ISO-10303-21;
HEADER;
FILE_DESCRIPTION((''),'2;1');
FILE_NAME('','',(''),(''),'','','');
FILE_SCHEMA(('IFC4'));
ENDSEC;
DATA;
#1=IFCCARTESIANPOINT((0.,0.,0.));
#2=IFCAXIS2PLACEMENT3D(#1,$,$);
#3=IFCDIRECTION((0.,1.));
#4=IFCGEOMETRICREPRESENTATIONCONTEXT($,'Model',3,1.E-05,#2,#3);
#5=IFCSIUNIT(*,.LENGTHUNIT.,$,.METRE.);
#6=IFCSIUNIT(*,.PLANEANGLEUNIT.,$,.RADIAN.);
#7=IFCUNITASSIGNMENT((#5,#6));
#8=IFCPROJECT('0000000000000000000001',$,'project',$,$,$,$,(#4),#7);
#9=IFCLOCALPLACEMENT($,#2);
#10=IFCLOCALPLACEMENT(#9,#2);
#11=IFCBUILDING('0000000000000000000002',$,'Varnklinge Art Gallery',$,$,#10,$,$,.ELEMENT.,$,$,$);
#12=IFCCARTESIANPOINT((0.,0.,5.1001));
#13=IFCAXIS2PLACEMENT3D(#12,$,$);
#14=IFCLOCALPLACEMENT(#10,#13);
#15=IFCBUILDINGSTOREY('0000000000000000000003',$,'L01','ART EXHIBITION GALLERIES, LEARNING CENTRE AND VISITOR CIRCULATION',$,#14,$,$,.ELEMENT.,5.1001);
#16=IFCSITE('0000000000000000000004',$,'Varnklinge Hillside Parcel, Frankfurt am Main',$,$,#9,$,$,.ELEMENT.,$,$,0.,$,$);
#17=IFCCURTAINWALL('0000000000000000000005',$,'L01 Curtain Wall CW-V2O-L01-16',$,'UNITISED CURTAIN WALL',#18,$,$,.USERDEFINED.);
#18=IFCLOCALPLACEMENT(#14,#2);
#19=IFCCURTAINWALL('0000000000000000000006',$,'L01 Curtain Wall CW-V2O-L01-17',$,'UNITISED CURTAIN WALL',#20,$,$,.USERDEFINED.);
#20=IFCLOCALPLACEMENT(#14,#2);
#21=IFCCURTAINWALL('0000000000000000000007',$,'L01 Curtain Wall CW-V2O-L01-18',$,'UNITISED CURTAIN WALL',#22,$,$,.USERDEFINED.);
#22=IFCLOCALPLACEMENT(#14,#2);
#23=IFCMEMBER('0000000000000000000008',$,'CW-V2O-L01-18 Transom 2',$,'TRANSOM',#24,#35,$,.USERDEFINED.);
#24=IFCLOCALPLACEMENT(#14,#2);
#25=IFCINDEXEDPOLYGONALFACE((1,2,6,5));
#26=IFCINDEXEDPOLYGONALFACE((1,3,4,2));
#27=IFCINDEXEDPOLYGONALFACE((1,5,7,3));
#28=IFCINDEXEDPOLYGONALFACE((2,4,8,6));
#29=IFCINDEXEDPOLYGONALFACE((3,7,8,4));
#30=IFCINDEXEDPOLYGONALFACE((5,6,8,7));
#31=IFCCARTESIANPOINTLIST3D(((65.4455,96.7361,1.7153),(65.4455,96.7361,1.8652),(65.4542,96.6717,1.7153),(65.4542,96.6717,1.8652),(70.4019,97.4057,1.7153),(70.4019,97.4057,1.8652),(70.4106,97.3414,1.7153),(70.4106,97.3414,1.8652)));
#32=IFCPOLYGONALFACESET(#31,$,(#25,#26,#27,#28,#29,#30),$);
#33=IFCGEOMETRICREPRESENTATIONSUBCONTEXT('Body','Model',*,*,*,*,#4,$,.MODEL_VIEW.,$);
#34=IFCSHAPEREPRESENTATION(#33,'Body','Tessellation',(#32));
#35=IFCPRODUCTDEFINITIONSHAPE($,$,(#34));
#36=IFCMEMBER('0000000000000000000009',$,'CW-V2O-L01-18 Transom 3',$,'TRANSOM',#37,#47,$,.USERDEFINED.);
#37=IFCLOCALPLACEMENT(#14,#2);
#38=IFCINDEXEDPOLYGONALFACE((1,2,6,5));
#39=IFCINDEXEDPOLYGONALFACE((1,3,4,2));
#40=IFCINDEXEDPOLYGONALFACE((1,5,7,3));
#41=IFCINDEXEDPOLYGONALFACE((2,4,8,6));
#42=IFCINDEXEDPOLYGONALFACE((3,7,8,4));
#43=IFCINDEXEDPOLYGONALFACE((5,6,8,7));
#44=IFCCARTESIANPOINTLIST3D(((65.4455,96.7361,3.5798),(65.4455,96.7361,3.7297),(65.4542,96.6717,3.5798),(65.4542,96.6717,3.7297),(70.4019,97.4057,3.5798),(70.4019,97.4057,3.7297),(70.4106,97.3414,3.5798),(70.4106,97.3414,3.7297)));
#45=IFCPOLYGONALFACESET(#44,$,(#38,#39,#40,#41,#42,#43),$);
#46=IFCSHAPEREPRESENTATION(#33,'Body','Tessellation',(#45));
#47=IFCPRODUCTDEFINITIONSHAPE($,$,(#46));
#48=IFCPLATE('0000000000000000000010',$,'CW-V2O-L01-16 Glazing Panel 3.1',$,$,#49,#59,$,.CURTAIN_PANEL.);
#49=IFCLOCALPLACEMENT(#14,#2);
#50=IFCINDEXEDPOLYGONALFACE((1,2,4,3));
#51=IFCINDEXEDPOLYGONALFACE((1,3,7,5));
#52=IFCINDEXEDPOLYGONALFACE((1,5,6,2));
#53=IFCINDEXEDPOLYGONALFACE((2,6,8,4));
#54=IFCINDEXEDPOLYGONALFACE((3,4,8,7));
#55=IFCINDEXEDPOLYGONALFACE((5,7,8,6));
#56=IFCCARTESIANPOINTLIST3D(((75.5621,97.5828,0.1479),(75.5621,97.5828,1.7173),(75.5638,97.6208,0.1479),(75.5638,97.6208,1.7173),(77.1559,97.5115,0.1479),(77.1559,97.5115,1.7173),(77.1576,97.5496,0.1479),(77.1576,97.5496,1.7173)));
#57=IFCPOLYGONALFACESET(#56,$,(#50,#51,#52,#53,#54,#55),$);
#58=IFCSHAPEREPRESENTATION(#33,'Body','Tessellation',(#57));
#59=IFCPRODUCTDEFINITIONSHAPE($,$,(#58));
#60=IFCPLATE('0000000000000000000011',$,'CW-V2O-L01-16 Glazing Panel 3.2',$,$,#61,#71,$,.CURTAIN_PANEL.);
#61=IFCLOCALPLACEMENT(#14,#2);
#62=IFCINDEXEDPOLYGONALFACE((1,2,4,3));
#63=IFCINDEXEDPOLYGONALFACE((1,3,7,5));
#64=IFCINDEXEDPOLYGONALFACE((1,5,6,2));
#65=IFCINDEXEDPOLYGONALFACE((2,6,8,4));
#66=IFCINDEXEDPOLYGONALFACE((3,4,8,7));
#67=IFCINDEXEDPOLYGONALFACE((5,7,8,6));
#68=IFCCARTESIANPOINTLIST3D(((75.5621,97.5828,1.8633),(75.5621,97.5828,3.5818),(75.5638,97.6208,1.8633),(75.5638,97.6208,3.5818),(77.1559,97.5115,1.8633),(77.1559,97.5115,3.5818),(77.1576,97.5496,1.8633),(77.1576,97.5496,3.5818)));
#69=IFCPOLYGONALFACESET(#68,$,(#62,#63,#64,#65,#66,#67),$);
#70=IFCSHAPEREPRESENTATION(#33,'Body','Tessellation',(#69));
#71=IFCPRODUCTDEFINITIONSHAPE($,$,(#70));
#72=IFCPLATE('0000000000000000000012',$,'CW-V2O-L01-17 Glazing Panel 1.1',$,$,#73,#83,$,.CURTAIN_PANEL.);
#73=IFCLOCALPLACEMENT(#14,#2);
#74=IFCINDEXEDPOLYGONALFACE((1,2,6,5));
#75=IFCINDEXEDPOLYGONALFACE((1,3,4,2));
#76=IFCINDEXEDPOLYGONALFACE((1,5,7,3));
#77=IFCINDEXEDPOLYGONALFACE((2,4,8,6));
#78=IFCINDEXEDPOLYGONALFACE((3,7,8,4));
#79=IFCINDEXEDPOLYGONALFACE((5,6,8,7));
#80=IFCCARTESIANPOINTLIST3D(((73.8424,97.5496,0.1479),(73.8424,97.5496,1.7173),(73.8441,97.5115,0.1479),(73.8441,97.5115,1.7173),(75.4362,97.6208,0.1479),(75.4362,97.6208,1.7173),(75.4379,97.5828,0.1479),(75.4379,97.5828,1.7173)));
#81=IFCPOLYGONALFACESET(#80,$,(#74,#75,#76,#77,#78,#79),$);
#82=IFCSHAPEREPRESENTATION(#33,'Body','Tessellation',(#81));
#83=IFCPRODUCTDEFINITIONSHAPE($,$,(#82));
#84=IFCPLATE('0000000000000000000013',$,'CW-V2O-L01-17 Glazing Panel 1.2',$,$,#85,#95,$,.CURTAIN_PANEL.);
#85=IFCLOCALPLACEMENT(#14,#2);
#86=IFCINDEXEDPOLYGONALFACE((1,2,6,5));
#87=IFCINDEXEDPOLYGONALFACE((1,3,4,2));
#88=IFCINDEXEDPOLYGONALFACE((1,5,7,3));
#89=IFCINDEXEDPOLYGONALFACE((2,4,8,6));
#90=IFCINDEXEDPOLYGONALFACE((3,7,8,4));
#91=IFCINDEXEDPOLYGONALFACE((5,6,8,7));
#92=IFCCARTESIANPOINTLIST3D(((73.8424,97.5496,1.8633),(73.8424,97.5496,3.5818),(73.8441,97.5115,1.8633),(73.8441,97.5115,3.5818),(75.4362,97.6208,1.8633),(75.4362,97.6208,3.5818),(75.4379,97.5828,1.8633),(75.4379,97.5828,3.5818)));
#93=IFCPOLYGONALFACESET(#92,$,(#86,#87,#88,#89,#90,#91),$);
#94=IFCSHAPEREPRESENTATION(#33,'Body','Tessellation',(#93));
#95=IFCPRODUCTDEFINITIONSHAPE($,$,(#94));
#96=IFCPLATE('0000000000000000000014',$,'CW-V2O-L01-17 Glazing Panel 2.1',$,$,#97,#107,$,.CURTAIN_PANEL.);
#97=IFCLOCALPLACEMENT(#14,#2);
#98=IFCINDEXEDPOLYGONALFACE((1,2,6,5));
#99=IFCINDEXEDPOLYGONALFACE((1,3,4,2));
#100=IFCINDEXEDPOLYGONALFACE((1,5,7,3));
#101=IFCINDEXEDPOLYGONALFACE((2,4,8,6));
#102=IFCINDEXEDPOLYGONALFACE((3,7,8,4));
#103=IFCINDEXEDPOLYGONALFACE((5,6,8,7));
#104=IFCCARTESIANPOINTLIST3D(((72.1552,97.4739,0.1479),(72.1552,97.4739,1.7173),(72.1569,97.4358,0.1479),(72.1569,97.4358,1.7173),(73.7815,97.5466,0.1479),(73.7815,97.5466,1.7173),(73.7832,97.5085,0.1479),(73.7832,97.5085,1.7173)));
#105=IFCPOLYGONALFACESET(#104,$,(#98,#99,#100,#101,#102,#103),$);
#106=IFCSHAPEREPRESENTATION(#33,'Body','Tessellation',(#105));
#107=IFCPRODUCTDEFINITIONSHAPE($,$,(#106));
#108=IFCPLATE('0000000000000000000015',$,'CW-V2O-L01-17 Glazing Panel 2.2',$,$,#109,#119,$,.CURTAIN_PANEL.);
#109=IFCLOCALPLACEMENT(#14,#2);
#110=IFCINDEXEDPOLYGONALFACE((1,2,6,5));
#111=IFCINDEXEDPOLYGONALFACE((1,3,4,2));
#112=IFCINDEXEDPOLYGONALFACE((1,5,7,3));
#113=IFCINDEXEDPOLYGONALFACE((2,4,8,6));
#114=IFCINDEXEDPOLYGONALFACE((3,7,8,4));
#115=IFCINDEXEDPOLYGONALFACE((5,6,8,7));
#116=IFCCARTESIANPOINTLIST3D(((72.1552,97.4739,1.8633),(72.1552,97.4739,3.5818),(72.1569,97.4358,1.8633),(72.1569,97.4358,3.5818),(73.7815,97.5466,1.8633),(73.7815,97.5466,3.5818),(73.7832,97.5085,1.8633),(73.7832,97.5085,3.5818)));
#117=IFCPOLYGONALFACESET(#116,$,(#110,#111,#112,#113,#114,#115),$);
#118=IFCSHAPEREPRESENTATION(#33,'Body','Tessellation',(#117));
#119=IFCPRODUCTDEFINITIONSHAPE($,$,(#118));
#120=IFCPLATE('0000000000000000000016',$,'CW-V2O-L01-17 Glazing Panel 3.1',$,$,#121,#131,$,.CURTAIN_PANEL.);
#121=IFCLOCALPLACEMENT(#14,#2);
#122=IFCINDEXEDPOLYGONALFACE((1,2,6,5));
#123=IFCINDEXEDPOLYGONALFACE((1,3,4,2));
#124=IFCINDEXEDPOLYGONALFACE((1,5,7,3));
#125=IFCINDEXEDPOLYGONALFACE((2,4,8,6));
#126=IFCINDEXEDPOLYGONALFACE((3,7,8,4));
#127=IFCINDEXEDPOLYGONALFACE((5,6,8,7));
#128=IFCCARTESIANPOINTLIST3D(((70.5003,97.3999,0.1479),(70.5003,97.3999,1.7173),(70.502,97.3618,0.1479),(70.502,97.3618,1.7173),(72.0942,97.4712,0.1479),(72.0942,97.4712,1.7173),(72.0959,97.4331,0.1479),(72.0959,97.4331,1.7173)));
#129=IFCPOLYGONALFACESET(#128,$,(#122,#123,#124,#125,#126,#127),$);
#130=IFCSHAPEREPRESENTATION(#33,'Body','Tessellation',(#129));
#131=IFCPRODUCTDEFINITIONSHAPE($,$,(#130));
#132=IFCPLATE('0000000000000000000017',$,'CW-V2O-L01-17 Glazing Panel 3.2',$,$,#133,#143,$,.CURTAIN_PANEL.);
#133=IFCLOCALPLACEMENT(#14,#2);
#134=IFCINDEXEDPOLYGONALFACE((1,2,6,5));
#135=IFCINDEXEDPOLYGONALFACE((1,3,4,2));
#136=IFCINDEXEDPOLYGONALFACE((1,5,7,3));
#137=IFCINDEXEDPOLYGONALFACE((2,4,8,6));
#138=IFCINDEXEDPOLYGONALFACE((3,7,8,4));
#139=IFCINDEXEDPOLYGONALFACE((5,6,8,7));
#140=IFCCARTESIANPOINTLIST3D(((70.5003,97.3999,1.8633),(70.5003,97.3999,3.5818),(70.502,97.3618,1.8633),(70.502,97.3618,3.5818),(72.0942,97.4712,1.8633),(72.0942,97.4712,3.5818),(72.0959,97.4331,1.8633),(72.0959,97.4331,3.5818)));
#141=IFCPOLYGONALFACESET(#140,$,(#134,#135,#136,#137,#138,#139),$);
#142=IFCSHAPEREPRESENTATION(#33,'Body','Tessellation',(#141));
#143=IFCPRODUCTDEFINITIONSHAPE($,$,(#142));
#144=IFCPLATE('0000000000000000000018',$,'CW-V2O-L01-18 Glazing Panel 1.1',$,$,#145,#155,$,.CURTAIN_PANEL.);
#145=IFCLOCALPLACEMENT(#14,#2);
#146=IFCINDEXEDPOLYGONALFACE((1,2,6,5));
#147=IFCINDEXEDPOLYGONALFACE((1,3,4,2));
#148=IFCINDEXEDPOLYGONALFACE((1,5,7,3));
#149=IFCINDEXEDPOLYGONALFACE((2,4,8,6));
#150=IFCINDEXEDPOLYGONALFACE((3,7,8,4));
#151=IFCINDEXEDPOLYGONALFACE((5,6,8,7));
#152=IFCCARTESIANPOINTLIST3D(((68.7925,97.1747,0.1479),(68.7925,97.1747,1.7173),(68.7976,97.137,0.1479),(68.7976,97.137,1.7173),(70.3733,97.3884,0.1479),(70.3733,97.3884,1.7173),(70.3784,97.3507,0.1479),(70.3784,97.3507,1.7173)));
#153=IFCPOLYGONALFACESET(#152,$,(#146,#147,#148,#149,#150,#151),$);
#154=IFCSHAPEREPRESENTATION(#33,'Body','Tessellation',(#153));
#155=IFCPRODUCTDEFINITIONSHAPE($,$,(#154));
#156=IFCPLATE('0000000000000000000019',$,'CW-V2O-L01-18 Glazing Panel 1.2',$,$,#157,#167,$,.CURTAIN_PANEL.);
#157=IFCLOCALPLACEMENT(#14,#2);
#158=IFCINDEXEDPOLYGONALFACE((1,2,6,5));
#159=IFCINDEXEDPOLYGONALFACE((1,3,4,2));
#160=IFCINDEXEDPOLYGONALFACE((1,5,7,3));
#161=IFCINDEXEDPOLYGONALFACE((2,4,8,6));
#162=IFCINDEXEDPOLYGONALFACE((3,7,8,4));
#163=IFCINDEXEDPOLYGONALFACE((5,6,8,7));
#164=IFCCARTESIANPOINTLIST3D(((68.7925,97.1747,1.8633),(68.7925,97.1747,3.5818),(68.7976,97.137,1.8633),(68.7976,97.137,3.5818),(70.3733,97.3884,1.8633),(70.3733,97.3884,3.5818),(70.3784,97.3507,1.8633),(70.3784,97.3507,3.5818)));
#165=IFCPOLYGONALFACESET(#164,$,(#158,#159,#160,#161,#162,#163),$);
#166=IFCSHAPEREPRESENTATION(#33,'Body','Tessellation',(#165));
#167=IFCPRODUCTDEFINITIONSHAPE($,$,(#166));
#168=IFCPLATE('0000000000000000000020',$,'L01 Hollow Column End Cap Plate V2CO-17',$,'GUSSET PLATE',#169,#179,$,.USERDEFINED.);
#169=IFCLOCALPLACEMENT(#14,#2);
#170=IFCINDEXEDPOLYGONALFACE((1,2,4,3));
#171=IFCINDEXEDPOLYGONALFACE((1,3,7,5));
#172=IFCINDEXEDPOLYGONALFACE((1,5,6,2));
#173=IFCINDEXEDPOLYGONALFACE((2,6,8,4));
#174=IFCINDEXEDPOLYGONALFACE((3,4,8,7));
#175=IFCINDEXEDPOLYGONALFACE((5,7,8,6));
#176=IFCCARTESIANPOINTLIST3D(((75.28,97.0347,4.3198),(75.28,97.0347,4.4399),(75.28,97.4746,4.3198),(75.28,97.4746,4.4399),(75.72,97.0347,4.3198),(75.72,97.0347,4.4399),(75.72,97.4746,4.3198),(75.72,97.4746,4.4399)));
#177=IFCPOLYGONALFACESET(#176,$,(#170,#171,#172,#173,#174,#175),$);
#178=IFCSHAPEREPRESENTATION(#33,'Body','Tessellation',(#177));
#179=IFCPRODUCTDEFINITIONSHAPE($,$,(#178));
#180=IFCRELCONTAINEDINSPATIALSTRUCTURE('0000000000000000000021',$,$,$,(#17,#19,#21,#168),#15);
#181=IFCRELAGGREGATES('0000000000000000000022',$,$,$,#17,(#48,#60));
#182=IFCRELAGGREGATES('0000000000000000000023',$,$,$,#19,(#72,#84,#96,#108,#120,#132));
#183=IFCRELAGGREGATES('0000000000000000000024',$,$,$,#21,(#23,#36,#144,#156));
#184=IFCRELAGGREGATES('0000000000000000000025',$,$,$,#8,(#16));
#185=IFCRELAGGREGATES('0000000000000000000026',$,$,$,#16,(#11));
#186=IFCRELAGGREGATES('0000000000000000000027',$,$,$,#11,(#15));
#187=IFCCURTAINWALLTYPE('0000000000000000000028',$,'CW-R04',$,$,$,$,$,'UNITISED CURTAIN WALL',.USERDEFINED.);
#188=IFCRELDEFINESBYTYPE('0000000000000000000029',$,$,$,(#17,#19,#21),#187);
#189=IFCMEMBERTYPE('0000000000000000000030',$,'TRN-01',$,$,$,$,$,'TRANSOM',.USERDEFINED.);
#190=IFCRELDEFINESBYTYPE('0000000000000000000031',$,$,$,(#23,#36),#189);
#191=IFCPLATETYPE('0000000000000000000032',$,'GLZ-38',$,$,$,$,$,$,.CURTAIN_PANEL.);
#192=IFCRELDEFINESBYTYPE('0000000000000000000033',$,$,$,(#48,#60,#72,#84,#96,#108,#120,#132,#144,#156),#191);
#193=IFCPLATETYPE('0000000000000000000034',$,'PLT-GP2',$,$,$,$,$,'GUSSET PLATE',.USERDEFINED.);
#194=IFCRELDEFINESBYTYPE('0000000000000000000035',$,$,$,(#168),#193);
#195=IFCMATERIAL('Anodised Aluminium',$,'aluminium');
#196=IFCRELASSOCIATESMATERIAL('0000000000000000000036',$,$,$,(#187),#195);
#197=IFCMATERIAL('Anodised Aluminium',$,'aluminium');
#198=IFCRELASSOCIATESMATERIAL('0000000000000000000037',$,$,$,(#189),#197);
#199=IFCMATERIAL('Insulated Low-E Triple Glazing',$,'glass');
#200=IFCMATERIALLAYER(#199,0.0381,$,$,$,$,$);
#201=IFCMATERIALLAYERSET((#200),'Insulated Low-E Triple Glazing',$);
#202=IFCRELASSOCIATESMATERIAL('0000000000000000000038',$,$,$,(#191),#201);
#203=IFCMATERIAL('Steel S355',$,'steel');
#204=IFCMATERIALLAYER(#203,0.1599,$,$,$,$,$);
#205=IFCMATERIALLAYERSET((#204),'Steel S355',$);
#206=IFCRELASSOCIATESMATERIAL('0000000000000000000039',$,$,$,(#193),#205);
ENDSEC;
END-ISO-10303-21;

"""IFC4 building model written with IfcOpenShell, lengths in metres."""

from ifc_helpers import new_model, si_unit, direction, frame, origin, origin_2d, place, context, subcontext, project, spatial, rectangle, extrude, material, layer, layer_set, material_profile, profile_set, type_object, element, aggregate, save


model = new_model("IFC4")

# Units and contexts
model_context = context("Model", 3, precision=1e-05, world=origin(), true_north=direction((0.0, 1.0)))
body_context = subcontext(model_context, "Body", "Model", "MODEL_VIEW")
ifc_project = project(units=[si_unit("LENGTHUNIT", "METRE"), si_unit("PLANEANGLEUNIT", "RADIAN")], contexts=[model_context])

# Site, building, storey
site_placement = place(None, origin())
site = spatial("IfcSite", under=ifc_project, at=site_placement, Name="Varnklinge Hillside Parcel, Frankfurt am Main", CompositionType="ELEMENT", RefElevation=0.0)
building_placement = place(site_placement, origin())
building = spatial("IfcBuilding", under=site, at=building_placement, Name="Varnklinge Art Gallery", CompositionType="ELEMENT")
storey_placement = place(building_placement, frame((0.0, 0.0, 5.1001)))
storey = spatial("IfcBuildingStorey", under=building, at=storey_placement, Name="L01", Description="ART EXHIBITION GALLERIES, LEARNING CENTRE AND VISITOR CIRCULATION", CompositionType="ELEMENT", Elevation=5.1001)

# Curtain wall
ifc_material_1 = material(Name="Anodised Aluminium", Category="aluminium")
curtain_wall_type = type_object("IfcCurtainWallType", Name="CW-R04", ElementType="UNITISED CURTAIN WALL", PredefinedType="USERDEFINED", material=ifc_material_1)
curtain_wall_1_placement = place(storey_placement, origin())
curtain_wall_1 = element("IfcCurtainWall", 1, at=curtain_wall_1_placement, inside=storey, type_object=curtain_wall_type, Name="L01 Curtain Wall CW-V2O-L01-16", ObjectType="UNITISED CURTAIN WALL", PredefinedType="USERDEFINED")

# Curtain wall
curtain_wall_2_placement = place(storey_placement, origin())
curtain_wall_2 = element("IfcCurtainWall", 2, at=curtain_wall_2_placement, inside=storey, type_object=curtain_wall_type, Name="L01 Curtain Wall CW-V2O-L01-17", ObjectType="UNITISED CURTAIN WALL", PredefinedType="USERDEFINED")

# Curtain wall
curtain_wall_3_placement = place(storey_placement, origin())
curtain_wall_3 = element("IfcCurtainWall", 3, at=curtain_wall_3_placement, inside=storey, type_object=curtain_wall_type, Name="L01 Curtain Wall CW-V2O-L01-18", ObjectType="UNITISED CURTAIN WALL", PredefinedType="USERDEFINED")

# Members
ifc_material_2 = material(Name="Anodised Aluminium", Category="aluminium")
ifc_material_profile_1 = material_profile(ifc_material_2, rectangle(XDim=0.0649, YDim=0.1499, at=origin_2d()), Name="ALU 65x150")
ifc_profile_set_1 = profile_set([ifc_material_profile_1], Name="Anodised Aluminium")
member_type_1 = type_object("IfcMemberType", Name="TRN-01", ElementType="TRANSOM", PredefinedType="USERDEFINED", material=ifc_profile_set_1)
member_1_placement = place(storey_placement, frame((70.4062, 97.3735, 1.7903), z_axis=(-0.990996, -0.133893, 0.0), x_axis=(0.133893, -0.990996, 0.0)))
member_1 = element("IfcMember", 4, at=member_1_placement, type_object=member_type_1, Name="CW-V2O-L01-18 Transom 2", ObjectType="TRANSOM", PredefinedType="USERDEFINED", context=body_context, shape_type="SweptSolid", body=[
    extrude(rectangle(XDim=0.0649, YDim=0.1499, at=origin_2d()), origin(), (0.0, 0.0, 1.0), 5.0015),
])
member_2_placement = place(storey_placement, frame((70.4062, 97.3735, 3.6548), z_axis=(-0.990996, -0.133893, 0.0), x_axis=(0.133893, -0.990996, 0.0)))
member_2 = element("IfcMember", 5, at=member_2_placement, type_object=member_type_1, Name="CW-V2O-L01-18 Transom 3", ObjectType="TRANSOM", PredefinedType="USERDEFINED", context=body_context, shape_type="SweptSolid", body=[
    extrude(rectangle(XDim=0.0649, YDim=0.1499, at=origin_2d()), origin(), (0.0, 0.0, 1.0), 5.0015),
])

# Plates
ifc_material_3 = material(Name="Insulated Low-E Triple Glazing", Category="glass")
ifc_layer_1 = layer(ifc_material_3, 0.0381)
ifc_layer_set_1 = layer_set([ifc_layer_1], Name="Insulated Low-E Triple Glazing")
plate_type_1 = type_object("IfcPlateType", Name="GLZ-38", PredefinedType="CURTAIN_PANEL", material=ifc_layer_set_1)
plate_1_placement = place(storey_placement, frame((76.3599, 97.5662, 0.1479), z_axis=(0.0, 0.0, 1.0), x_axis=(-0.999002, 0.044666, 0.0)))
plate_1 = element("IfcPlate", 6, at=plate_1_placement, type_object=plate_type_1, Name="CW-V2O-L01-16 Glazing Panel 3.1", PredefinedType="CURTAIN_PANEL", context=body_context, shape_type="SweptSolid", body=[
    extrude(rectangle(XDim=1.5955, YDim=0.0381, at=origin_2d()), origin(), (0.0, 0.0, 1.0), 1.5693),
])
plate_2_placement = place(storey_placement, frame((76.3599, 97.5662, 1.8633), z_axis=(0.0, 0.0, 1.0), x_axis=(-0.999002, 0.044666, 0.0)))
plate_2 = element("IfcPlate", 7, at=plate_2_placement, type_object=plate_type_1, Name="CW-V2O-L01-16 Glazing Panel 3.2", PredefinedType="CURTAIN_PANEL", context=body_context, shape_type="SweptSolid", body=[
    extrude(rectangle(XDim=1.5955, YDim=0.0381, at=origin_2d()), origin(), (0.0, 0.0, 1.0), 1.7185),
])
aggregate(curtain_wall_1, [plate_1, plate_2])
plate_3_placement = place(storey_placement, frame((74.6401, 97.5662, 0.1479), z_axis=(0.0, 0.0, 1.0), x_axis=(-0.999002, -0.044666, 0.0)))
plate_3 = element("IfcPlate", 8, at=plate_3_placement, type_object=plate_type_1, Name="CW-V2O-L01-17 Glazing Panel 1.1", PredefinedType="CURTAIN_PANEL", context=body_context, shape_type="SweptSolid", body=[
    extrude(rectangle(XDim=1.5955, YDim=0.0381, at=origin_2d()), origin(), (0.0, 0.0, 1.0), 1.5693),
])
plate_4_placement = place(storey_placement, frame((74.6401, 97.5662, 1.8633), z_axis=(0.0, 0.0, 1.0), x_axis=(-0.999002, -0.044666, 0.0)))
plate_4 = element("IfcPlate", 9, at=plate_4_placement, type_object=plate_type_1, Name="CW-V2O-L01-17 Glazing Panel 1.2", PredefinedType="CURTAIN_PANEL", context=body_context, shape_type="SweptSolid", body=[
    extrude(rectangle(XDim=1.5955, YDim=0.0381, at=origin_2d()), origin(), (0.0, 0.0, 1.0), 1.7185),
])
plate_5_placement = place(storey_placement, frame((72.9692, 97.4912, 0.1479), z_axis=(0.0, 0.0, 1.0), x_axis=(-0.999002, -0.044666, 0.0)))
plate_5 = element("IfcPlate", 10, at=plate_5_placement, type_object=plate_type_1, Name="CW-V2O-L01-17 Glazing Panel 2.1", PredefinedType="CURTAIN_PANEL", context=body_context, shape_type="SweptSolid", body=[
    extrude(rectangle(XDim=1.6279, YDim=0.0381, at=origin_2d()), origin(), (0.0, 0.0, 1.0), 1.5693),
])
plate_6_placement = place(storey_placement, frame((72.9692, 97.4912, 1.8633), z_axis=(0.0, 0.0, 1.0), x_axis=(-0.999002, -0.044666, 0.0)))
plate_6 = element("IfcPlate", 11, at=plate_6_placement, type_object=plate_type_1, Name="CW-V2O-L01-17 Glazing Panel 2.2", PredefinedType="CURTAIN_PANEL", context=body_context, shape_type="SweptSolid", body=[
    extrude(rectangle(XDim=1.6279, YDim=0.0381, at=origin_2d()), origin(), (0.0, 0.0, 1.0), 1.7185),
])
plate_7_placement = place(storey_placement, frame((71.2981, 97.4165, 0.1479), z_axis=(0.0, 0.0, 1.0), x_axis=(-0.999002, -0.044666, 0.0)))
plate_7 = element("IfcPlate", 12, at=plate_7_placement, type_object=plate_type_1, Name="CW-V2O-L01-17 Glazing Panel 3.1", PredefinedType="CURTAIN_PANEL", context=body_context, shape_type="SweptSolid", body=[
    extrude(rectangle(XDim=1.5955, YDim=0.0381, at=origin_2d()), origin(), (0.0, 0.0, 1.0), 1.5693),
])
plate_8_placement = place(storey_placement, frame((71.2981, 97.4165, 1.8633), z_axis=(0.0, 0.0, 1.0), x_axis=(-0.999002, -0.044666, 0.0)))
plate_8 = element("IfcPlate", 13, at=plate_8_placement, type_object=plate_type_1, Name="CW-V2O-L01-17 Glazing Panel 3.2", PredefinedType="CURTAIN_PANEL", context=body_context, shape_type="SweptSolid", body=[
    extrude(rectangle(XDim=1.5955, YDim=0.0381, at=origin_2d()), origin(), (0.0, 0.0, 1.0), 1.7185),
])
aggregate(curtain_wall_2, [plate_3, plate_4, plate_5, plate_6, plate_7, plate_8])
plate_9_placement = place(storey_placement, frame((69.5854, 97.2627, 0.1479), z_axis=(0.0, 0.0, 1.0), x_axis=(-0.990983, -0.133986, 0.0)))
plate_9 = element("IfcPlate", 14, at=plate_9_placement, type_object=plate_type_1, Name="CW-V2O-L01-18 Glazing Panel 1.1", PredefinedType="CURTAIN_PANEL", context=body_context, shape_type="SweptSolid", body=[
    extrude(rectangle(XDim=1.5952, YDim=0.0381, at=origin_2d()), origin(), (0.0, 0.0, 1.0), 1.5693),
])
plate_10_placement = place(storey_placement, frame((69.5854, 97.2627, 1.8633), z_axis=(0.0, 0.0, 1.0), x_axis=(-0.990983, -0.133986, 0.0)))
plate_10 = element("IfcPlate", 15, at=plate_10_placement, type_object=plate_type_1, Name="CW-V2O-L01-18 Glazing Panel 1.2", PredefinedType="CURTAIN_PANEL", context=body_context, shape_type="SweptSolid", body=[
    extrude(rectangle(XDim=1.5952, YDim=0.0381, at=origin_2d()), origin(), (0.0, 0.0, 1.0), 1.7185),
])
aggregate(curtain_wall_3, [member_1, member_2, plate_9, plate_10])
ifc_material_4 = material(Name="Steel S355", Category="steel")
ifc_layer_2 = layer(ifc_material_4, 0.1599)
ifc_layer_set_2 = layer_set([ifc_layer_2], Name="Steel S355")
plate_type_2 = type_object("IfcPlateType", Name="PLT-GP2", ElementType="GUSSET PLATE", PredefinedType="USERDEFINED", material=ifc_layer_set_2)
plate_11_placement = place(storey_placement, frame((75.5, 97.2546, 4.3198), z_axis=(0.0, 0.0, 1.0), x_axis=(0.0, -1.0, 0.0)))
element("IfcPlate", 16, at=plate_11_placement, inside=storey, type_object=plate_type_2, Name="L01 Hollow Column End Cap Plate V2CO-17", ObjectType="GUSSET PLATE", PredefinedType="USERDEFINED", context=body_context, shape_type="SweptSolid", body=[
    extrude(rectangle(XDim=0.4399, YDim=0.4399, at=origin_2d()), origin(), (0.0, 0.0, 1.0), 0.1201),
])

save(model, "model.ifc")
